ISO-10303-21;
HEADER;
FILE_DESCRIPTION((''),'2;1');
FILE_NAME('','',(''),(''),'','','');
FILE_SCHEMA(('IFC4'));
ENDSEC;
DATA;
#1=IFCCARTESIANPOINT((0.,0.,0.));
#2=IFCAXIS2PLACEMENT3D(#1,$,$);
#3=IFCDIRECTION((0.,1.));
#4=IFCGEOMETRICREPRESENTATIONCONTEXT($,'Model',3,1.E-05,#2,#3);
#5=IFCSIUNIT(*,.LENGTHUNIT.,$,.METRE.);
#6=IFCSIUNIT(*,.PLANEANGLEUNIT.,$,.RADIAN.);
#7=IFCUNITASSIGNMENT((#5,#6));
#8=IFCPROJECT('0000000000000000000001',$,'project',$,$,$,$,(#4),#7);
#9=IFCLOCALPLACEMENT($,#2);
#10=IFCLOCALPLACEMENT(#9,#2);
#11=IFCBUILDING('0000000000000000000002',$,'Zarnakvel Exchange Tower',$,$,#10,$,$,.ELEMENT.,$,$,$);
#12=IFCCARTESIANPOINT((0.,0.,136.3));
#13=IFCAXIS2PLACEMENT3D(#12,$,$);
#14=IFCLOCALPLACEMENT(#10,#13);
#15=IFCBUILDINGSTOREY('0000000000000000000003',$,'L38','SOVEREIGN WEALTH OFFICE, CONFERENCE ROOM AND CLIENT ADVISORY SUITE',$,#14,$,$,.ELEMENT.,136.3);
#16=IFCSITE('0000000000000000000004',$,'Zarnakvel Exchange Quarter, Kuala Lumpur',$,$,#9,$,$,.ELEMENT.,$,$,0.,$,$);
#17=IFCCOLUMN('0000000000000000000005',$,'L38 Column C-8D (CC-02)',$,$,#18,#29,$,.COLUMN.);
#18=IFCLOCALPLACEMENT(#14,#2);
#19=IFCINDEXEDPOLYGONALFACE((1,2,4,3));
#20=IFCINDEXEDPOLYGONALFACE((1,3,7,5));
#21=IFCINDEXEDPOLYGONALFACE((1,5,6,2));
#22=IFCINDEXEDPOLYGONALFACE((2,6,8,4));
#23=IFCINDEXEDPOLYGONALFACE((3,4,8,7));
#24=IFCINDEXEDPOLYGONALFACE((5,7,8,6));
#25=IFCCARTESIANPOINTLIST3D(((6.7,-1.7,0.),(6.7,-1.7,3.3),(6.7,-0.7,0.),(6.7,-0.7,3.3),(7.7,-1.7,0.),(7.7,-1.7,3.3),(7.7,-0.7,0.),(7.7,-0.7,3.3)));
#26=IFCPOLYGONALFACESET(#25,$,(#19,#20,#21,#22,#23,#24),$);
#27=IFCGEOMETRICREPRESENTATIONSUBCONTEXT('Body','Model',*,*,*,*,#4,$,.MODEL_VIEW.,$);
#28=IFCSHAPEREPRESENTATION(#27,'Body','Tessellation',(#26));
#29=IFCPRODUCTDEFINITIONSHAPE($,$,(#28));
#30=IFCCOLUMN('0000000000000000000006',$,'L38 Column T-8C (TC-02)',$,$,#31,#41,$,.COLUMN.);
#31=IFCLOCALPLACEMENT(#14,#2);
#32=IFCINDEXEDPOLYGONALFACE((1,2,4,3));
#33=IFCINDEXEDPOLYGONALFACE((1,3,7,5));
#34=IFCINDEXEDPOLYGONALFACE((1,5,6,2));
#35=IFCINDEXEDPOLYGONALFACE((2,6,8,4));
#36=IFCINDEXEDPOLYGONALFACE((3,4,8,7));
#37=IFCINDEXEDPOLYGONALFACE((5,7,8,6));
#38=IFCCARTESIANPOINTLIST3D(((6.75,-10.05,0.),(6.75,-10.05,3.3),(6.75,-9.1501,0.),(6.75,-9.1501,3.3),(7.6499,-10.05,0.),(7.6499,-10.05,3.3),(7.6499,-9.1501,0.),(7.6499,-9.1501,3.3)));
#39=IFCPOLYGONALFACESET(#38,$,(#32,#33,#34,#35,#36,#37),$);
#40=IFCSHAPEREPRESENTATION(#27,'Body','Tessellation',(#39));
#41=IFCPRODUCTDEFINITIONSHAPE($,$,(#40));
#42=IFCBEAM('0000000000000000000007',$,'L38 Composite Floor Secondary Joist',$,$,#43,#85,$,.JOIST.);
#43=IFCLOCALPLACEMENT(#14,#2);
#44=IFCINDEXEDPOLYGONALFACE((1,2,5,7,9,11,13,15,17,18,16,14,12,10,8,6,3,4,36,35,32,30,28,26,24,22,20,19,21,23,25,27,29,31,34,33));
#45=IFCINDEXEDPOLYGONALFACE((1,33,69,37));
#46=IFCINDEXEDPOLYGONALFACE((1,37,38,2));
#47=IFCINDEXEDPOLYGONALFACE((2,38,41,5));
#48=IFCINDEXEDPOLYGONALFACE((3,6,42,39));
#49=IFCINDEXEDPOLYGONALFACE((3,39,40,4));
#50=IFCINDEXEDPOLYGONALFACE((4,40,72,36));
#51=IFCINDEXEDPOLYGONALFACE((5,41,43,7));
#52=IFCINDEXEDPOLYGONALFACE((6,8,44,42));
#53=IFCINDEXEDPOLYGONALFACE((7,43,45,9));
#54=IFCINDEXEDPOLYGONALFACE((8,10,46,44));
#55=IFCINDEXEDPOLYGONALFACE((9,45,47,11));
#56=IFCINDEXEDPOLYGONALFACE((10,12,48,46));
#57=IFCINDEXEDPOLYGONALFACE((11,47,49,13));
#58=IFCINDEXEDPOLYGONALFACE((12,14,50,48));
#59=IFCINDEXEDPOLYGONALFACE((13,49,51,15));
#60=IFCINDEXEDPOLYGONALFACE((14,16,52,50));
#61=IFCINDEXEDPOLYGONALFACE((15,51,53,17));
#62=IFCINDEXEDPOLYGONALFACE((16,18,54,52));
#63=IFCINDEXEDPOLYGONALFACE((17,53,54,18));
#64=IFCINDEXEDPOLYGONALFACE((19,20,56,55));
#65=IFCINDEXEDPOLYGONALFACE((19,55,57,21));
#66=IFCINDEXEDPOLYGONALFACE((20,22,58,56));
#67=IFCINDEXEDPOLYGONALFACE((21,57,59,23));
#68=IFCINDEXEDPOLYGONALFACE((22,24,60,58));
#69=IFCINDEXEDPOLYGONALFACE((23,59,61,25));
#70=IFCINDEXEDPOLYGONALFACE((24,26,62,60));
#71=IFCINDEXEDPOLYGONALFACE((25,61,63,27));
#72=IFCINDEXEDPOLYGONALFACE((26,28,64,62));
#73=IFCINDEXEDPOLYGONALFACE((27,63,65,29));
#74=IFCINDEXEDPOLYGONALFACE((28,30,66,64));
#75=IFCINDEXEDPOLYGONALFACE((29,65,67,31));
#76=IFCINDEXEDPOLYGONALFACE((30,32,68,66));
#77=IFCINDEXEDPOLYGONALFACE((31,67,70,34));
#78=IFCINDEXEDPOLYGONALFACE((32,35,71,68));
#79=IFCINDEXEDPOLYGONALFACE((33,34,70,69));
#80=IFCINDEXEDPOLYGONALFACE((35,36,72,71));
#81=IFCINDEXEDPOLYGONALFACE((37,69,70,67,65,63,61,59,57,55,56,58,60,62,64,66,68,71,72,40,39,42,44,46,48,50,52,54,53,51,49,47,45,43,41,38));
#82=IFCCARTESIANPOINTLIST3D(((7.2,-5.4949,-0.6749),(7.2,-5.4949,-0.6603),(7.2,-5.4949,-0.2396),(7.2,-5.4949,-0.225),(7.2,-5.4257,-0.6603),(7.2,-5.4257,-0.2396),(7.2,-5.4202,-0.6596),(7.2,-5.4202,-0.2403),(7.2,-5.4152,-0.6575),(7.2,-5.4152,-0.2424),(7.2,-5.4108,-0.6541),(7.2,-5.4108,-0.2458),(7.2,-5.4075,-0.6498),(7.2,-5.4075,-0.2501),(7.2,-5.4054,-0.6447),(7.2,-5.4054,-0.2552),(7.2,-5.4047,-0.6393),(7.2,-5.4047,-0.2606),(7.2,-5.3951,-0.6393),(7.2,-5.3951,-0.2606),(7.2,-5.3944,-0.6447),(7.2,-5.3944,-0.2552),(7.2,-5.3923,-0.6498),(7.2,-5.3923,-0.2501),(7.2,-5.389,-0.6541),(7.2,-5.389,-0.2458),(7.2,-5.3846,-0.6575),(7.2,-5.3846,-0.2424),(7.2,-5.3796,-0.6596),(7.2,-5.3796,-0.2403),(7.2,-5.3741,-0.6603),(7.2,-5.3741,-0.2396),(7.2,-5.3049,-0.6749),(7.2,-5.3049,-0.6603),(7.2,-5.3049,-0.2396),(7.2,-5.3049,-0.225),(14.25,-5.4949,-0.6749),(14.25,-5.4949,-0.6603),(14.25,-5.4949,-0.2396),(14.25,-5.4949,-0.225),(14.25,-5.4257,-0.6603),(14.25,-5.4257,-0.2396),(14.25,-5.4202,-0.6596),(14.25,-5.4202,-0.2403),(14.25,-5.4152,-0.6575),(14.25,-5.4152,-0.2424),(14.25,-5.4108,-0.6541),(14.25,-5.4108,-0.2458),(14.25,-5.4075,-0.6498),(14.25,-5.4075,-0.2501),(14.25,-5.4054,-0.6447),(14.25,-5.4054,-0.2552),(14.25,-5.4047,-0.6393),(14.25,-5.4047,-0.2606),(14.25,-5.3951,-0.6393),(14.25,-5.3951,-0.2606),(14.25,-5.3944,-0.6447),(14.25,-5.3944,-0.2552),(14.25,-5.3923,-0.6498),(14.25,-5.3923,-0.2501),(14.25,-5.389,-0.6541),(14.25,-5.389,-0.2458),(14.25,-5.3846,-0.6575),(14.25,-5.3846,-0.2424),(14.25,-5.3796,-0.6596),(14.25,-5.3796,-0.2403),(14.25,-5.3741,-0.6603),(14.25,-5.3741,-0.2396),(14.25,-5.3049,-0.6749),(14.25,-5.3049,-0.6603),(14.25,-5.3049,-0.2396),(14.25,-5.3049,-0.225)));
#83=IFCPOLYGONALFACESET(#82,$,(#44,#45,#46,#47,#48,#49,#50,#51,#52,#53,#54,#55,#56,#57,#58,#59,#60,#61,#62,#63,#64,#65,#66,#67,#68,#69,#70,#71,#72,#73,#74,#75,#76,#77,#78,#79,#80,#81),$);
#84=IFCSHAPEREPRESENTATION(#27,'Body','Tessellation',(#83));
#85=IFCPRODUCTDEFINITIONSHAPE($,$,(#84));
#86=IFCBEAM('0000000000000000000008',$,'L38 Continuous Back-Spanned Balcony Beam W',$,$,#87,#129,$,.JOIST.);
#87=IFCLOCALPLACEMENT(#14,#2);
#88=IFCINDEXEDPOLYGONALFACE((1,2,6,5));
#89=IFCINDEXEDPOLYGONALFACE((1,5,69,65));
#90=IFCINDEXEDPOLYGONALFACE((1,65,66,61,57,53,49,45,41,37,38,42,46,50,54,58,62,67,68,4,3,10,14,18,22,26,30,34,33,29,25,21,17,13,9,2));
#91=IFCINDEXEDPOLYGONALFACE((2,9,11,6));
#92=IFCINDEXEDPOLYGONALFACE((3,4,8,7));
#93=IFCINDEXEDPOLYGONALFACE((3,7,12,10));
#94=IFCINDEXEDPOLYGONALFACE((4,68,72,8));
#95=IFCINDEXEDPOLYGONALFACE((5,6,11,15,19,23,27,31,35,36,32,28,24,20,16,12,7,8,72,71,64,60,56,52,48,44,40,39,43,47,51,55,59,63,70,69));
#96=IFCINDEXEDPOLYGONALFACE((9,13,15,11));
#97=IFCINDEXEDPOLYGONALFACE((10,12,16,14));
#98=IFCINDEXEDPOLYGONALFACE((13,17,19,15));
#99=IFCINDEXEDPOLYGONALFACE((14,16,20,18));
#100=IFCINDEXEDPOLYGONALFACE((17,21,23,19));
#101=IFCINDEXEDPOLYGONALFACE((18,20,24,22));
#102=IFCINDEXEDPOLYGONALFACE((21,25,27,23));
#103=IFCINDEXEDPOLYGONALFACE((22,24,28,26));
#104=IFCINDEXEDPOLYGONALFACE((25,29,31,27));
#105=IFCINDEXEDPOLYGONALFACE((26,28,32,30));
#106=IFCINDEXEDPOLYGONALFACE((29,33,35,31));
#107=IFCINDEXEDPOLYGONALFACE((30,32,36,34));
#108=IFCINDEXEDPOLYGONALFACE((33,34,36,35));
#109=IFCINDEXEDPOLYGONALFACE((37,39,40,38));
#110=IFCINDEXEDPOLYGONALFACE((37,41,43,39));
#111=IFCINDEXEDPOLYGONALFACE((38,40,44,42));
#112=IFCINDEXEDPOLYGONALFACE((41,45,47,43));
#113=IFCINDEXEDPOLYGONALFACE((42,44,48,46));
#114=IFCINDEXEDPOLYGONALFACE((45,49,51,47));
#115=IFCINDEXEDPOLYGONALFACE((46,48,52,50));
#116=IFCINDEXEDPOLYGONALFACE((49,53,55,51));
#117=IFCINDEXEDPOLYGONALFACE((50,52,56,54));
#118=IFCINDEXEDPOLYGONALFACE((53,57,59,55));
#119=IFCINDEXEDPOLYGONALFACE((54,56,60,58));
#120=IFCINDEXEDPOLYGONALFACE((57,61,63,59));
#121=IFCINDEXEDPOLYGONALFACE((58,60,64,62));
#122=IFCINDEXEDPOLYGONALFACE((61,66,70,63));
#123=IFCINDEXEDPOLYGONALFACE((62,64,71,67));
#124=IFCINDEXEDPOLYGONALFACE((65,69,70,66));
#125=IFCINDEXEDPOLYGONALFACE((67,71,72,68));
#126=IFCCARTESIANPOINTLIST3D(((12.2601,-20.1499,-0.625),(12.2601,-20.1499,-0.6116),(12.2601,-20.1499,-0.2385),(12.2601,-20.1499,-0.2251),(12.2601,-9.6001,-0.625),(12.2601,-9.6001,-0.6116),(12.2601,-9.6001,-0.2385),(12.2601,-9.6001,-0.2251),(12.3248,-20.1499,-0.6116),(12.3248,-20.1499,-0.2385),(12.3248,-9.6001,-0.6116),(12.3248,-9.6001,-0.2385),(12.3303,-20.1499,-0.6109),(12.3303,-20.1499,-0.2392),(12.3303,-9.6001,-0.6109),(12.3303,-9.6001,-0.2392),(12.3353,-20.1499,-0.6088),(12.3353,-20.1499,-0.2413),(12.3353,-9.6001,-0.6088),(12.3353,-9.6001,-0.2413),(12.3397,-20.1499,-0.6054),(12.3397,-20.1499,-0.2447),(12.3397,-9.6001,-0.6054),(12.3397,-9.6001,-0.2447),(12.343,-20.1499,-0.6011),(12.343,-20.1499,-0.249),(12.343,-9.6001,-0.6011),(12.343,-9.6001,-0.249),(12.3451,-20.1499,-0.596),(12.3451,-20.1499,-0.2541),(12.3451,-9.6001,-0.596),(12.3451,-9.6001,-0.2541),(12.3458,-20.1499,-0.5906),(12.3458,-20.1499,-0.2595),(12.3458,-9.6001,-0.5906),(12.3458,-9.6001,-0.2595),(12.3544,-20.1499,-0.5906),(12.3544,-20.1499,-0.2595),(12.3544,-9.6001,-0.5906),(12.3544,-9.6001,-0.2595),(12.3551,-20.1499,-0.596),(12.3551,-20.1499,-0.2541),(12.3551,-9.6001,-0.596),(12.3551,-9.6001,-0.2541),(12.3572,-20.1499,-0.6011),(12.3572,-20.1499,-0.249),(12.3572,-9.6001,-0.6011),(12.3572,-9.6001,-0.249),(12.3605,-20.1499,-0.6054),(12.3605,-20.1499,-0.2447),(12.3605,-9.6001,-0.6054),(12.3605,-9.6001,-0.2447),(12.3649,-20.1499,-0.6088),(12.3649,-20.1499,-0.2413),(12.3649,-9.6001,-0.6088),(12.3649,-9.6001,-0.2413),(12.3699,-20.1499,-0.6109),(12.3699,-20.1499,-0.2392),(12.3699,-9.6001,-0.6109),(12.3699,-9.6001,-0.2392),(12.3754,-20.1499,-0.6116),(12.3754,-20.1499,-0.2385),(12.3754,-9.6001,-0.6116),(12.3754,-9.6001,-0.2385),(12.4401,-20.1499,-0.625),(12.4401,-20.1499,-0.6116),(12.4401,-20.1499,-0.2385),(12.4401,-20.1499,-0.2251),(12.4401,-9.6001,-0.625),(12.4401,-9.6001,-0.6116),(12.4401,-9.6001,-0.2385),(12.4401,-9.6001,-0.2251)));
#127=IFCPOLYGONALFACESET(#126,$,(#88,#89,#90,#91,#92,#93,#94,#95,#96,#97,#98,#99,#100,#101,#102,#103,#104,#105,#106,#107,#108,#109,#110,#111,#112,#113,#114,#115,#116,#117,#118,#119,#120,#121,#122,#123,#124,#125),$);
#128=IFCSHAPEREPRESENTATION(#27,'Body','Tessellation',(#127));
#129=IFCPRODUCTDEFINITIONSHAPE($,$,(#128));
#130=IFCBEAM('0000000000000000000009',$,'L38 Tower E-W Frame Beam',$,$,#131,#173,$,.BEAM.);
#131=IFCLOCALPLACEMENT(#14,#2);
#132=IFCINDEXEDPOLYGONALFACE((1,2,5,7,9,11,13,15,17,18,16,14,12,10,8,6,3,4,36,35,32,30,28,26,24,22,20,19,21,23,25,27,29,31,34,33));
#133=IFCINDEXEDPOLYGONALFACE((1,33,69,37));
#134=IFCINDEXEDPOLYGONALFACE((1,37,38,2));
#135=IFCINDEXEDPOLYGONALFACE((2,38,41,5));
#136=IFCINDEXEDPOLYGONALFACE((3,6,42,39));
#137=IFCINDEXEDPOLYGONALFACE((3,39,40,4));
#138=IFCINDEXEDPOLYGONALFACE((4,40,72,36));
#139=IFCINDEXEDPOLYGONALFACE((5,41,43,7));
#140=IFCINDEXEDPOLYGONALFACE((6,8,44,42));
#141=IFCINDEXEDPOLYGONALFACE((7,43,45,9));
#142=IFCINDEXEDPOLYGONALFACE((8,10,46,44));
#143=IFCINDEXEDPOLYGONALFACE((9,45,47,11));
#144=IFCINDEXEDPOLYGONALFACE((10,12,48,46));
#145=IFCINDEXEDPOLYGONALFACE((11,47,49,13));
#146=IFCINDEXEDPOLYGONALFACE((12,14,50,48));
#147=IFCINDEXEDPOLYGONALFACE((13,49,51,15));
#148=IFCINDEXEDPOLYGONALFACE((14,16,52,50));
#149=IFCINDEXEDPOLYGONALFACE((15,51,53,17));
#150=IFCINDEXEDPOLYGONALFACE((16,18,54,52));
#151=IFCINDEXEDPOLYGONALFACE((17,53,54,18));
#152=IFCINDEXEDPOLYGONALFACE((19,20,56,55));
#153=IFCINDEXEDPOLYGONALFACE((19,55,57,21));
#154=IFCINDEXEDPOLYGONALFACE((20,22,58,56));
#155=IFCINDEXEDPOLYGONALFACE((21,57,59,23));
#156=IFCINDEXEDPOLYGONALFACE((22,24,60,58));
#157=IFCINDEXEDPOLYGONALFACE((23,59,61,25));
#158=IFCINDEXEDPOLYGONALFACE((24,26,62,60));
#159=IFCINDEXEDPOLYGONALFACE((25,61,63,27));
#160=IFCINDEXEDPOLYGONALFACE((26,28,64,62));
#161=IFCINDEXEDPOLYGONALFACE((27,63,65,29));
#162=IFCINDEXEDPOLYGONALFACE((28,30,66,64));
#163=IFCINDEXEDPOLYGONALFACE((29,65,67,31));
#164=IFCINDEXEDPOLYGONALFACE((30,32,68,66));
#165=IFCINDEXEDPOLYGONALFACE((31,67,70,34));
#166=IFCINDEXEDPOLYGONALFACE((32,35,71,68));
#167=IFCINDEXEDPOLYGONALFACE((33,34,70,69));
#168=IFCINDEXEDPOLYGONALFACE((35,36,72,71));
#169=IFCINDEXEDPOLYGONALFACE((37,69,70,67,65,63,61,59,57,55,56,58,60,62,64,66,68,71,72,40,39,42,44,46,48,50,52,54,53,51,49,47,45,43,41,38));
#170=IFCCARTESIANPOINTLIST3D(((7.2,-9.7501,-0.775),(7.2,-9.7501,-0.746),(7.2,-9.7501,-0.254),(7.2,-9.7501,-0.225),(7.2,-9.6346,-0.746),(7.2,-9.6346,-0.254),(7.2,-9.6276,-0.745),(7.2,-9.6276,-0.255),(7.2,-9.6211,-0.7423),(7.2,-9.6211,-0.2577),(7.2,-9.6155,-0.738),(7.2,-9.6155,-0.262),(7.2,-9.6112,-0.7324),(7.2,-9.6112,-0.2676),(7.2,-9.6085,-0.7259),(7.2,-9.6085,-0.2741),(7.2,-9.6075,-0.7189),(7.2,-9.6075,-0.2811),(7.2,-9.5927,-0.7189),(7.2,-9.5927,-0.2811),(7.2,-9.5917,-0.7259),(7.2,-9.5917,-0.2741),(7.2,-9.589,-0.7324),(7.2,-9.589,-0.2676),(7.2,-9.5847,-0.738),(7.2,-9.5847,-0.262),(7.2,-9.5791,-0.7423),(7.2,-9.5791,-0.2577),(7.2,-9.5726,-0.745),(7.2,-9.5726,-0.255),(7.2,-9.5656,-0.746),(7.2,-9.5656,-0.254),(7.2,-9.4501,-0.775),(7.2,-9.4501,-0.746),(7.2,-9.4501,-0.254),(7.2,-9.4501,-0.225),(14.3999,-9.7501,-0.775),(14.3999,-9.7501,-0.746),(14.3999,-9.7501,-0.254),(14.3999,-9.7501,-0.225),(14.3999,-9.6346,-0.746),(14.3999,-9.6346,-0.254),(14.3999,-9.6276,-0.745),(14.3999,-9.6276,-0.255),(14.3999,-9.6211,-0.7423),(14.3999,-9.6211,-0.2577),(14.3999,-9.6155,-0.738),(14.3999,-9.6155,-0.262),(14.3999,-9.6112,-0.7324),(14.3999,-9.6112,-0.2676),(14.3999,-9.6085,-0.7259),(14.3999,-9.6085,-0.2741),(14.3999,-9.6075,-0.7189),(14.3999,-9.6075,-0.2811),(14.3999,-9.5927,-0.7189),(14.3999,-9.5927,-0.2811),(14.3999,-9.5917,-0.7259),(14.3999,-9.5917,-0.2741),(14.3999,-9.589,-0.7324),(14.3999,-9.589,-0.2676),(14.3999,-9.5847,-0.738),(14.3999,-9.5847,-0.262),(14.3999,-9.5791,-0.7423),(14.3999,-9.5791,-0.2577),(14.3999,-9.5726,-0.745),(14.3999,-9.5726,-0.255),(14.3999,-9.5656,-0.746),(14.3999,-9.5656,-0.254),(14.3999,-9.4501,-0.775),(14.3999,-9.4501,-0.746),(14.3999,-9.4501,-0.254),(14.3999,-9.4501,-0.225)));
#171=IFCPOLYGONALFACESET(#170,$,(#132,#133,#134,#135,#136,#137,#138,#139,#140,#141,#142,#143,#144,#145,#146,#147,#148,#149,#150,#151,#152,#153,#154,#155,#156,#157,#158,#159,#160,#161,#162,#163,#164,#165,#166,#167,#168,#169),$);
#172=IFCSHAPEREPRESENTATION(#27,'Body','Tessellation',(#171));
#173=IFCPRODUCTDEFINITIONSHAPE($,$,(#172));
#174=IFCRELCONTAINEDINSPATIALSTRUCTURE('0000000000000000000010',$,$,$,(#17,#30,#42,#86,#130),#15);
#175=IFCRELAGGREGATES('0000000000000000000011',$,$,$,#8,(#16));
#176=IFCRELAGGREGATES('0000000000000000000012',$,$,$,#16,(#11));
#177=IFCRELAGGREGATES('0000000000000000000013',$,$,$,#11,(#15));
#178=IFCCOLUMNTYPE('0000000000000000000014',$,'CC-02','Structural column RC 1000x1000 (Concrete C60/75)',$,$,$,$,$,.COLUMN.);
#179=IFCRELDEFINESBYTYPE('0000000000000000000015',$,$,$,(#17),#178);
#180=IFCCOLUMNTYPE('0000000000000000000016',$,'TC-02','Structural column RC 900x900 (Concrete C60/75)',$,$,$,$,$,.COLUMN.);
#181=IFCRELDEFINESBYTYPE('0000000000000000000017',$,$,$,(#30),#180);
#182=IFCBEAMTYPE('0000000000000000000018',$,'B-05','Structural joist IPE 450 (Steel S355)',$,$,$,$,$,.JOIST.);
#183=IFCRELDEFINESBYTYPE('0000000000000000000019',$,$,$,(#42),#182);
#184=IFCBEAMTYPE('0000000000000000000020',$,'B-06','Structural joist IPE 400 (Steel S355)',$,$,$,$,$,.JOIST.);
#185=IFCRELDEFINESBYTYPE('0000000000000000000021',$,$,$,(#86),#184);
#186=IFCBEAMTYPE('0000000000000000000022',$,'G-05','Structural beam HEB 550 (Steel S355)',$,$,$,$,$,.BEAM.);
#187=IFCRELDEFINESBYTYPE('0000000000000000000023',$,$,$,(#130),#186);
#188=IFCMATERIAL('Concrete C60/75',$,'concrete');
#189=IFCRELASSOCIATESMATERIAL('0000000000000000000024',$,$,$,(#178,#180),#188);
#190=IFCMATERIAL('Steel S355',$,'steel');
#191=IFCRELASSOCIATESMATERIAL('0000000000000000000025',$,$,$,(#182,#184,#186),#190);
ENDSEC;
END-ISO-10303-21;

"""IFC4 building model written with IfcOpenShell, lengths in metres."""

from ifc_helpers import new_model, si_unit, direction, frame, origin, origin_2d, place, context, subcontext, project, spatial, rectangle, i_section, extrude, material, material_profile, profile_set, type_object, element, save


model = new_model("IFC4")

# Units and contexts
model_context = context("Model", 3, precision=1e-05, world=origin(), true_north=direction((0.0, 1.0)))
body_context = subcontext(model_context, "Body", "Model", "MODEL_VIEW")
ifc_project = project(units=[si_unit("LENGTHUNIT", "METRE"), si_unit("PLANEANGLEUNIT", "RADIAN")], contexts=[model_context])

# Site, building, storey
site_placement = place(None, origin())
site = spatial("IfcSite", under=ifc_project, at=site_placement, Name="Zarnakvel Exchange Quarter, Kuala Lumpur", CompositionType="ELEMENT", RefElevation=0.0)
building_placement = place(site_placement, origin())
building = spatial("IfcBuilding", under=site, at=building_placement, Name="Zarnakvel Exchange Tower", CompositionType="ELEMENT")
storey_placement = place(building_placement, frame((0.0, 0.0, 136.3)))
storey = spatial("IfcBuildingStorey", under=building, at=storey_placement, Name="L38", Description="SOVEREIGN WEALTH OFFICE, CONFERENCE ROOM AND CLIENT ADVISORY SUITE", CompositionType="ELEMENT", Elevation=136.3)

# Columns
ifc_material_1 = material(Name="Concrete C60/75", Category="concrete")
ifc_material_profile_1 = material_profile(ifc_material_1, rectangle(XDim=1.0, YDim=1.0, at=origin_2d()))
ifc_profile_set_1 = profile_set([ifc_material_profile_1], Name="Concrete C60/75")
column_type_1 = type_object("IfcColumnType", Name="CC-02", Description="Structural column RC 1000x1000 (Concrete C60/75)", PredefinedType="COLUMN", material=ifc_profile_set_1)
column_1_placement = place(storey_placement, frame((7.2, -1.2, 0.0), z_axis=(0.0, 0.0, 1.0), x_axis=(1.0, 0.0, 0.0)))
element("IfcColumn", 1, at=column_1_placement, inside=storey, type_object=column_type_1, Name="L38 Column C-8D (CC-02)", PredefinedType="COLUMN", context=body_context, shape_type="SweptSolid", body=[
    extrude(rectangle(XDim=1.0, YDim=1.0, at=origin_2d()), origin(), (0.0, 0.0, 1.0), 3.3),
])
ifc_material_profile_2 = material_profile(ifc_material_1, rectangle(XDim=0.8999, YDim=0.8999, at=origin_2d()))
ifc_profile_set_2 = profile_set([ifc_material_profile_2], Name="Concrete C60/75")
column_type_2 = type_object("IfcColumnType", Name="TC-02", Description="Structural column RC 900x900 (Concrete C60/75)", PredefinedType="COLUMN", material=ifc_profile_set_2)
column_2_placement = place(storey_placement, frame((7.2, -9.6001, 0.0), z_axis=(0.0, 0.0, 1.0), x_axis=(1.0, 0.0, 0.0)))
element("IfcColumn", 2, at=column_2_placement, inside=storey, type_object=column_type_2, Name="L38 Column T-8C (TC-02)", PredefinedType="COLUMN", context=body_context, shape_type="SweptSolid", body=[
    extrude(rectangle(XDim=0.8999, YDim=0.8999, at=origin_2d()), origin(), (0.0, 0.0, 1.0), 3.3),
])

# Beams
ifc_material_2 = material(Name="Steel S355", Category="steel")
ifc_material_profile_3 = material_profile(ifc_material_2, i_section(OverallWidth=0.1899, OverallDepth=0.45, WebThickness=0.0095, FlangeThickness=0.0146, FilletRadius=0.021, at=origin_2d()))
ifc_profile_set_3 = profile_set([ifc_material_profile_3], Name="Steel S355")
beam_type_1 = type_object("IfcBeamType", Name="B-05", Description="Structural joist IPE 450 (Steel S355)", PredefinedType="JOIST", material=ifc_profile_set_3)
beam_1_placement = place(storey_placement, frame((7.2, -5.3999, -0.45), z_axis=(1.0, 0.0, 0.0), x_axis=(0.0, 1.0, 0.0)))
element("IfcBeam", 3, at=beam_1_placement, inside=storey, type_object=beam_type_1, Name="L38 Composite Floor Secondary Joist", PredefinedType="JOIST", context=body_context, shape_type="SweptSolid", body=[
    extrude(i_section(OverallWidth=0.1899, OverallDepth=0.45, WebThickness=0.0095, FlangeThickness=0.0146, FilletRadius=0.021, at=origin_2d()), origin(), (0.0, 0.0, 1.0), 7.05),
])
ifc_material_profile_4 = material_profile(ifc_material_2, i_section(OverallWidth=0.1799, OverallDepth=0.3999, WebThickness=0.0085, FlangeThickness=0.0134, FilletRadius=0.021, at=origin_2d()))
ifc_profile_set_4 = profile_set([ifc_material_profile_4], Name="Steel S355")
beam_type_2 = type_object("IfcBeamType", Name="B-06", Description="Structural joist IPE 400 (Steel S355)", PredefinedType="JOIST", material=ifc_profile_set_4)
beam_2_placement = place(storey_placement, frame((12.3501, -9.6001, -0.425), z_axis=(0.0, -1.0, 0.0), x_axis=(1.0, 0.0, 0.0)))
element("IfcBeam", 4, at=beam_2_placement, inside=storey, type_object=beam_type_2, Name="L38 Continuous Back-Spanned Balcony Beam W", PredefinedType="JOIST", context=body_context, shape_type="SweptSolid", body=[
    extrude(i_section(OverallWidth=0.1799, OverallDepth=0.3999, WebThickness=0.0085, FlangeThickness=0.0134, FilletRadius=0.021, at=origin_2d()), origin(), (0.0, 0.0, 1.0), 10.5498),
])
ifc_material_profile_5 = material_profile(ifc_material_2, i_section(OverallWidth=0.3, OverallDepth=0.55, WebThickness=0.0149, FlangeThickness=0.0291, FilletRadius=0.0271, at=origin_2d()))
ifc_profile_set_5 = profile_set([ifc_material_profile_5], Name="Steel S355")
beam_type_3 = type_object("IfcBeamType", Name="G-05", Description="Structural beam HEB 550 (Steel S355)", PredefinedType="BEAM", material=ifc_profile_set_5)
beam_3_placement = place(storey_placement, frame((7.2, -9.6001, -0.5), z_axis=(1.0, 0.0, 0.0), x_axis=(0.0, 1.0, 0.0)))
element("IfcBeam", 5, at=beam_3_placement, inside=storey, type_object=beam_type_3, Name="L38 Tower E-W Frame Beam", PredefinedType="BEAM", context=body_context, shape_type="SweptSolid", body=[
    extrude(i_section(OverallWidth=0.3, OverallDepth=0.55, WebThickness=0.0149, FlangeThickness=0.0291, FilletRadius=0.0271, at=origin_2d()), origin(), (0.0, 0.0, 1.0), 7.2),
])

save(model, "model.ifc")
